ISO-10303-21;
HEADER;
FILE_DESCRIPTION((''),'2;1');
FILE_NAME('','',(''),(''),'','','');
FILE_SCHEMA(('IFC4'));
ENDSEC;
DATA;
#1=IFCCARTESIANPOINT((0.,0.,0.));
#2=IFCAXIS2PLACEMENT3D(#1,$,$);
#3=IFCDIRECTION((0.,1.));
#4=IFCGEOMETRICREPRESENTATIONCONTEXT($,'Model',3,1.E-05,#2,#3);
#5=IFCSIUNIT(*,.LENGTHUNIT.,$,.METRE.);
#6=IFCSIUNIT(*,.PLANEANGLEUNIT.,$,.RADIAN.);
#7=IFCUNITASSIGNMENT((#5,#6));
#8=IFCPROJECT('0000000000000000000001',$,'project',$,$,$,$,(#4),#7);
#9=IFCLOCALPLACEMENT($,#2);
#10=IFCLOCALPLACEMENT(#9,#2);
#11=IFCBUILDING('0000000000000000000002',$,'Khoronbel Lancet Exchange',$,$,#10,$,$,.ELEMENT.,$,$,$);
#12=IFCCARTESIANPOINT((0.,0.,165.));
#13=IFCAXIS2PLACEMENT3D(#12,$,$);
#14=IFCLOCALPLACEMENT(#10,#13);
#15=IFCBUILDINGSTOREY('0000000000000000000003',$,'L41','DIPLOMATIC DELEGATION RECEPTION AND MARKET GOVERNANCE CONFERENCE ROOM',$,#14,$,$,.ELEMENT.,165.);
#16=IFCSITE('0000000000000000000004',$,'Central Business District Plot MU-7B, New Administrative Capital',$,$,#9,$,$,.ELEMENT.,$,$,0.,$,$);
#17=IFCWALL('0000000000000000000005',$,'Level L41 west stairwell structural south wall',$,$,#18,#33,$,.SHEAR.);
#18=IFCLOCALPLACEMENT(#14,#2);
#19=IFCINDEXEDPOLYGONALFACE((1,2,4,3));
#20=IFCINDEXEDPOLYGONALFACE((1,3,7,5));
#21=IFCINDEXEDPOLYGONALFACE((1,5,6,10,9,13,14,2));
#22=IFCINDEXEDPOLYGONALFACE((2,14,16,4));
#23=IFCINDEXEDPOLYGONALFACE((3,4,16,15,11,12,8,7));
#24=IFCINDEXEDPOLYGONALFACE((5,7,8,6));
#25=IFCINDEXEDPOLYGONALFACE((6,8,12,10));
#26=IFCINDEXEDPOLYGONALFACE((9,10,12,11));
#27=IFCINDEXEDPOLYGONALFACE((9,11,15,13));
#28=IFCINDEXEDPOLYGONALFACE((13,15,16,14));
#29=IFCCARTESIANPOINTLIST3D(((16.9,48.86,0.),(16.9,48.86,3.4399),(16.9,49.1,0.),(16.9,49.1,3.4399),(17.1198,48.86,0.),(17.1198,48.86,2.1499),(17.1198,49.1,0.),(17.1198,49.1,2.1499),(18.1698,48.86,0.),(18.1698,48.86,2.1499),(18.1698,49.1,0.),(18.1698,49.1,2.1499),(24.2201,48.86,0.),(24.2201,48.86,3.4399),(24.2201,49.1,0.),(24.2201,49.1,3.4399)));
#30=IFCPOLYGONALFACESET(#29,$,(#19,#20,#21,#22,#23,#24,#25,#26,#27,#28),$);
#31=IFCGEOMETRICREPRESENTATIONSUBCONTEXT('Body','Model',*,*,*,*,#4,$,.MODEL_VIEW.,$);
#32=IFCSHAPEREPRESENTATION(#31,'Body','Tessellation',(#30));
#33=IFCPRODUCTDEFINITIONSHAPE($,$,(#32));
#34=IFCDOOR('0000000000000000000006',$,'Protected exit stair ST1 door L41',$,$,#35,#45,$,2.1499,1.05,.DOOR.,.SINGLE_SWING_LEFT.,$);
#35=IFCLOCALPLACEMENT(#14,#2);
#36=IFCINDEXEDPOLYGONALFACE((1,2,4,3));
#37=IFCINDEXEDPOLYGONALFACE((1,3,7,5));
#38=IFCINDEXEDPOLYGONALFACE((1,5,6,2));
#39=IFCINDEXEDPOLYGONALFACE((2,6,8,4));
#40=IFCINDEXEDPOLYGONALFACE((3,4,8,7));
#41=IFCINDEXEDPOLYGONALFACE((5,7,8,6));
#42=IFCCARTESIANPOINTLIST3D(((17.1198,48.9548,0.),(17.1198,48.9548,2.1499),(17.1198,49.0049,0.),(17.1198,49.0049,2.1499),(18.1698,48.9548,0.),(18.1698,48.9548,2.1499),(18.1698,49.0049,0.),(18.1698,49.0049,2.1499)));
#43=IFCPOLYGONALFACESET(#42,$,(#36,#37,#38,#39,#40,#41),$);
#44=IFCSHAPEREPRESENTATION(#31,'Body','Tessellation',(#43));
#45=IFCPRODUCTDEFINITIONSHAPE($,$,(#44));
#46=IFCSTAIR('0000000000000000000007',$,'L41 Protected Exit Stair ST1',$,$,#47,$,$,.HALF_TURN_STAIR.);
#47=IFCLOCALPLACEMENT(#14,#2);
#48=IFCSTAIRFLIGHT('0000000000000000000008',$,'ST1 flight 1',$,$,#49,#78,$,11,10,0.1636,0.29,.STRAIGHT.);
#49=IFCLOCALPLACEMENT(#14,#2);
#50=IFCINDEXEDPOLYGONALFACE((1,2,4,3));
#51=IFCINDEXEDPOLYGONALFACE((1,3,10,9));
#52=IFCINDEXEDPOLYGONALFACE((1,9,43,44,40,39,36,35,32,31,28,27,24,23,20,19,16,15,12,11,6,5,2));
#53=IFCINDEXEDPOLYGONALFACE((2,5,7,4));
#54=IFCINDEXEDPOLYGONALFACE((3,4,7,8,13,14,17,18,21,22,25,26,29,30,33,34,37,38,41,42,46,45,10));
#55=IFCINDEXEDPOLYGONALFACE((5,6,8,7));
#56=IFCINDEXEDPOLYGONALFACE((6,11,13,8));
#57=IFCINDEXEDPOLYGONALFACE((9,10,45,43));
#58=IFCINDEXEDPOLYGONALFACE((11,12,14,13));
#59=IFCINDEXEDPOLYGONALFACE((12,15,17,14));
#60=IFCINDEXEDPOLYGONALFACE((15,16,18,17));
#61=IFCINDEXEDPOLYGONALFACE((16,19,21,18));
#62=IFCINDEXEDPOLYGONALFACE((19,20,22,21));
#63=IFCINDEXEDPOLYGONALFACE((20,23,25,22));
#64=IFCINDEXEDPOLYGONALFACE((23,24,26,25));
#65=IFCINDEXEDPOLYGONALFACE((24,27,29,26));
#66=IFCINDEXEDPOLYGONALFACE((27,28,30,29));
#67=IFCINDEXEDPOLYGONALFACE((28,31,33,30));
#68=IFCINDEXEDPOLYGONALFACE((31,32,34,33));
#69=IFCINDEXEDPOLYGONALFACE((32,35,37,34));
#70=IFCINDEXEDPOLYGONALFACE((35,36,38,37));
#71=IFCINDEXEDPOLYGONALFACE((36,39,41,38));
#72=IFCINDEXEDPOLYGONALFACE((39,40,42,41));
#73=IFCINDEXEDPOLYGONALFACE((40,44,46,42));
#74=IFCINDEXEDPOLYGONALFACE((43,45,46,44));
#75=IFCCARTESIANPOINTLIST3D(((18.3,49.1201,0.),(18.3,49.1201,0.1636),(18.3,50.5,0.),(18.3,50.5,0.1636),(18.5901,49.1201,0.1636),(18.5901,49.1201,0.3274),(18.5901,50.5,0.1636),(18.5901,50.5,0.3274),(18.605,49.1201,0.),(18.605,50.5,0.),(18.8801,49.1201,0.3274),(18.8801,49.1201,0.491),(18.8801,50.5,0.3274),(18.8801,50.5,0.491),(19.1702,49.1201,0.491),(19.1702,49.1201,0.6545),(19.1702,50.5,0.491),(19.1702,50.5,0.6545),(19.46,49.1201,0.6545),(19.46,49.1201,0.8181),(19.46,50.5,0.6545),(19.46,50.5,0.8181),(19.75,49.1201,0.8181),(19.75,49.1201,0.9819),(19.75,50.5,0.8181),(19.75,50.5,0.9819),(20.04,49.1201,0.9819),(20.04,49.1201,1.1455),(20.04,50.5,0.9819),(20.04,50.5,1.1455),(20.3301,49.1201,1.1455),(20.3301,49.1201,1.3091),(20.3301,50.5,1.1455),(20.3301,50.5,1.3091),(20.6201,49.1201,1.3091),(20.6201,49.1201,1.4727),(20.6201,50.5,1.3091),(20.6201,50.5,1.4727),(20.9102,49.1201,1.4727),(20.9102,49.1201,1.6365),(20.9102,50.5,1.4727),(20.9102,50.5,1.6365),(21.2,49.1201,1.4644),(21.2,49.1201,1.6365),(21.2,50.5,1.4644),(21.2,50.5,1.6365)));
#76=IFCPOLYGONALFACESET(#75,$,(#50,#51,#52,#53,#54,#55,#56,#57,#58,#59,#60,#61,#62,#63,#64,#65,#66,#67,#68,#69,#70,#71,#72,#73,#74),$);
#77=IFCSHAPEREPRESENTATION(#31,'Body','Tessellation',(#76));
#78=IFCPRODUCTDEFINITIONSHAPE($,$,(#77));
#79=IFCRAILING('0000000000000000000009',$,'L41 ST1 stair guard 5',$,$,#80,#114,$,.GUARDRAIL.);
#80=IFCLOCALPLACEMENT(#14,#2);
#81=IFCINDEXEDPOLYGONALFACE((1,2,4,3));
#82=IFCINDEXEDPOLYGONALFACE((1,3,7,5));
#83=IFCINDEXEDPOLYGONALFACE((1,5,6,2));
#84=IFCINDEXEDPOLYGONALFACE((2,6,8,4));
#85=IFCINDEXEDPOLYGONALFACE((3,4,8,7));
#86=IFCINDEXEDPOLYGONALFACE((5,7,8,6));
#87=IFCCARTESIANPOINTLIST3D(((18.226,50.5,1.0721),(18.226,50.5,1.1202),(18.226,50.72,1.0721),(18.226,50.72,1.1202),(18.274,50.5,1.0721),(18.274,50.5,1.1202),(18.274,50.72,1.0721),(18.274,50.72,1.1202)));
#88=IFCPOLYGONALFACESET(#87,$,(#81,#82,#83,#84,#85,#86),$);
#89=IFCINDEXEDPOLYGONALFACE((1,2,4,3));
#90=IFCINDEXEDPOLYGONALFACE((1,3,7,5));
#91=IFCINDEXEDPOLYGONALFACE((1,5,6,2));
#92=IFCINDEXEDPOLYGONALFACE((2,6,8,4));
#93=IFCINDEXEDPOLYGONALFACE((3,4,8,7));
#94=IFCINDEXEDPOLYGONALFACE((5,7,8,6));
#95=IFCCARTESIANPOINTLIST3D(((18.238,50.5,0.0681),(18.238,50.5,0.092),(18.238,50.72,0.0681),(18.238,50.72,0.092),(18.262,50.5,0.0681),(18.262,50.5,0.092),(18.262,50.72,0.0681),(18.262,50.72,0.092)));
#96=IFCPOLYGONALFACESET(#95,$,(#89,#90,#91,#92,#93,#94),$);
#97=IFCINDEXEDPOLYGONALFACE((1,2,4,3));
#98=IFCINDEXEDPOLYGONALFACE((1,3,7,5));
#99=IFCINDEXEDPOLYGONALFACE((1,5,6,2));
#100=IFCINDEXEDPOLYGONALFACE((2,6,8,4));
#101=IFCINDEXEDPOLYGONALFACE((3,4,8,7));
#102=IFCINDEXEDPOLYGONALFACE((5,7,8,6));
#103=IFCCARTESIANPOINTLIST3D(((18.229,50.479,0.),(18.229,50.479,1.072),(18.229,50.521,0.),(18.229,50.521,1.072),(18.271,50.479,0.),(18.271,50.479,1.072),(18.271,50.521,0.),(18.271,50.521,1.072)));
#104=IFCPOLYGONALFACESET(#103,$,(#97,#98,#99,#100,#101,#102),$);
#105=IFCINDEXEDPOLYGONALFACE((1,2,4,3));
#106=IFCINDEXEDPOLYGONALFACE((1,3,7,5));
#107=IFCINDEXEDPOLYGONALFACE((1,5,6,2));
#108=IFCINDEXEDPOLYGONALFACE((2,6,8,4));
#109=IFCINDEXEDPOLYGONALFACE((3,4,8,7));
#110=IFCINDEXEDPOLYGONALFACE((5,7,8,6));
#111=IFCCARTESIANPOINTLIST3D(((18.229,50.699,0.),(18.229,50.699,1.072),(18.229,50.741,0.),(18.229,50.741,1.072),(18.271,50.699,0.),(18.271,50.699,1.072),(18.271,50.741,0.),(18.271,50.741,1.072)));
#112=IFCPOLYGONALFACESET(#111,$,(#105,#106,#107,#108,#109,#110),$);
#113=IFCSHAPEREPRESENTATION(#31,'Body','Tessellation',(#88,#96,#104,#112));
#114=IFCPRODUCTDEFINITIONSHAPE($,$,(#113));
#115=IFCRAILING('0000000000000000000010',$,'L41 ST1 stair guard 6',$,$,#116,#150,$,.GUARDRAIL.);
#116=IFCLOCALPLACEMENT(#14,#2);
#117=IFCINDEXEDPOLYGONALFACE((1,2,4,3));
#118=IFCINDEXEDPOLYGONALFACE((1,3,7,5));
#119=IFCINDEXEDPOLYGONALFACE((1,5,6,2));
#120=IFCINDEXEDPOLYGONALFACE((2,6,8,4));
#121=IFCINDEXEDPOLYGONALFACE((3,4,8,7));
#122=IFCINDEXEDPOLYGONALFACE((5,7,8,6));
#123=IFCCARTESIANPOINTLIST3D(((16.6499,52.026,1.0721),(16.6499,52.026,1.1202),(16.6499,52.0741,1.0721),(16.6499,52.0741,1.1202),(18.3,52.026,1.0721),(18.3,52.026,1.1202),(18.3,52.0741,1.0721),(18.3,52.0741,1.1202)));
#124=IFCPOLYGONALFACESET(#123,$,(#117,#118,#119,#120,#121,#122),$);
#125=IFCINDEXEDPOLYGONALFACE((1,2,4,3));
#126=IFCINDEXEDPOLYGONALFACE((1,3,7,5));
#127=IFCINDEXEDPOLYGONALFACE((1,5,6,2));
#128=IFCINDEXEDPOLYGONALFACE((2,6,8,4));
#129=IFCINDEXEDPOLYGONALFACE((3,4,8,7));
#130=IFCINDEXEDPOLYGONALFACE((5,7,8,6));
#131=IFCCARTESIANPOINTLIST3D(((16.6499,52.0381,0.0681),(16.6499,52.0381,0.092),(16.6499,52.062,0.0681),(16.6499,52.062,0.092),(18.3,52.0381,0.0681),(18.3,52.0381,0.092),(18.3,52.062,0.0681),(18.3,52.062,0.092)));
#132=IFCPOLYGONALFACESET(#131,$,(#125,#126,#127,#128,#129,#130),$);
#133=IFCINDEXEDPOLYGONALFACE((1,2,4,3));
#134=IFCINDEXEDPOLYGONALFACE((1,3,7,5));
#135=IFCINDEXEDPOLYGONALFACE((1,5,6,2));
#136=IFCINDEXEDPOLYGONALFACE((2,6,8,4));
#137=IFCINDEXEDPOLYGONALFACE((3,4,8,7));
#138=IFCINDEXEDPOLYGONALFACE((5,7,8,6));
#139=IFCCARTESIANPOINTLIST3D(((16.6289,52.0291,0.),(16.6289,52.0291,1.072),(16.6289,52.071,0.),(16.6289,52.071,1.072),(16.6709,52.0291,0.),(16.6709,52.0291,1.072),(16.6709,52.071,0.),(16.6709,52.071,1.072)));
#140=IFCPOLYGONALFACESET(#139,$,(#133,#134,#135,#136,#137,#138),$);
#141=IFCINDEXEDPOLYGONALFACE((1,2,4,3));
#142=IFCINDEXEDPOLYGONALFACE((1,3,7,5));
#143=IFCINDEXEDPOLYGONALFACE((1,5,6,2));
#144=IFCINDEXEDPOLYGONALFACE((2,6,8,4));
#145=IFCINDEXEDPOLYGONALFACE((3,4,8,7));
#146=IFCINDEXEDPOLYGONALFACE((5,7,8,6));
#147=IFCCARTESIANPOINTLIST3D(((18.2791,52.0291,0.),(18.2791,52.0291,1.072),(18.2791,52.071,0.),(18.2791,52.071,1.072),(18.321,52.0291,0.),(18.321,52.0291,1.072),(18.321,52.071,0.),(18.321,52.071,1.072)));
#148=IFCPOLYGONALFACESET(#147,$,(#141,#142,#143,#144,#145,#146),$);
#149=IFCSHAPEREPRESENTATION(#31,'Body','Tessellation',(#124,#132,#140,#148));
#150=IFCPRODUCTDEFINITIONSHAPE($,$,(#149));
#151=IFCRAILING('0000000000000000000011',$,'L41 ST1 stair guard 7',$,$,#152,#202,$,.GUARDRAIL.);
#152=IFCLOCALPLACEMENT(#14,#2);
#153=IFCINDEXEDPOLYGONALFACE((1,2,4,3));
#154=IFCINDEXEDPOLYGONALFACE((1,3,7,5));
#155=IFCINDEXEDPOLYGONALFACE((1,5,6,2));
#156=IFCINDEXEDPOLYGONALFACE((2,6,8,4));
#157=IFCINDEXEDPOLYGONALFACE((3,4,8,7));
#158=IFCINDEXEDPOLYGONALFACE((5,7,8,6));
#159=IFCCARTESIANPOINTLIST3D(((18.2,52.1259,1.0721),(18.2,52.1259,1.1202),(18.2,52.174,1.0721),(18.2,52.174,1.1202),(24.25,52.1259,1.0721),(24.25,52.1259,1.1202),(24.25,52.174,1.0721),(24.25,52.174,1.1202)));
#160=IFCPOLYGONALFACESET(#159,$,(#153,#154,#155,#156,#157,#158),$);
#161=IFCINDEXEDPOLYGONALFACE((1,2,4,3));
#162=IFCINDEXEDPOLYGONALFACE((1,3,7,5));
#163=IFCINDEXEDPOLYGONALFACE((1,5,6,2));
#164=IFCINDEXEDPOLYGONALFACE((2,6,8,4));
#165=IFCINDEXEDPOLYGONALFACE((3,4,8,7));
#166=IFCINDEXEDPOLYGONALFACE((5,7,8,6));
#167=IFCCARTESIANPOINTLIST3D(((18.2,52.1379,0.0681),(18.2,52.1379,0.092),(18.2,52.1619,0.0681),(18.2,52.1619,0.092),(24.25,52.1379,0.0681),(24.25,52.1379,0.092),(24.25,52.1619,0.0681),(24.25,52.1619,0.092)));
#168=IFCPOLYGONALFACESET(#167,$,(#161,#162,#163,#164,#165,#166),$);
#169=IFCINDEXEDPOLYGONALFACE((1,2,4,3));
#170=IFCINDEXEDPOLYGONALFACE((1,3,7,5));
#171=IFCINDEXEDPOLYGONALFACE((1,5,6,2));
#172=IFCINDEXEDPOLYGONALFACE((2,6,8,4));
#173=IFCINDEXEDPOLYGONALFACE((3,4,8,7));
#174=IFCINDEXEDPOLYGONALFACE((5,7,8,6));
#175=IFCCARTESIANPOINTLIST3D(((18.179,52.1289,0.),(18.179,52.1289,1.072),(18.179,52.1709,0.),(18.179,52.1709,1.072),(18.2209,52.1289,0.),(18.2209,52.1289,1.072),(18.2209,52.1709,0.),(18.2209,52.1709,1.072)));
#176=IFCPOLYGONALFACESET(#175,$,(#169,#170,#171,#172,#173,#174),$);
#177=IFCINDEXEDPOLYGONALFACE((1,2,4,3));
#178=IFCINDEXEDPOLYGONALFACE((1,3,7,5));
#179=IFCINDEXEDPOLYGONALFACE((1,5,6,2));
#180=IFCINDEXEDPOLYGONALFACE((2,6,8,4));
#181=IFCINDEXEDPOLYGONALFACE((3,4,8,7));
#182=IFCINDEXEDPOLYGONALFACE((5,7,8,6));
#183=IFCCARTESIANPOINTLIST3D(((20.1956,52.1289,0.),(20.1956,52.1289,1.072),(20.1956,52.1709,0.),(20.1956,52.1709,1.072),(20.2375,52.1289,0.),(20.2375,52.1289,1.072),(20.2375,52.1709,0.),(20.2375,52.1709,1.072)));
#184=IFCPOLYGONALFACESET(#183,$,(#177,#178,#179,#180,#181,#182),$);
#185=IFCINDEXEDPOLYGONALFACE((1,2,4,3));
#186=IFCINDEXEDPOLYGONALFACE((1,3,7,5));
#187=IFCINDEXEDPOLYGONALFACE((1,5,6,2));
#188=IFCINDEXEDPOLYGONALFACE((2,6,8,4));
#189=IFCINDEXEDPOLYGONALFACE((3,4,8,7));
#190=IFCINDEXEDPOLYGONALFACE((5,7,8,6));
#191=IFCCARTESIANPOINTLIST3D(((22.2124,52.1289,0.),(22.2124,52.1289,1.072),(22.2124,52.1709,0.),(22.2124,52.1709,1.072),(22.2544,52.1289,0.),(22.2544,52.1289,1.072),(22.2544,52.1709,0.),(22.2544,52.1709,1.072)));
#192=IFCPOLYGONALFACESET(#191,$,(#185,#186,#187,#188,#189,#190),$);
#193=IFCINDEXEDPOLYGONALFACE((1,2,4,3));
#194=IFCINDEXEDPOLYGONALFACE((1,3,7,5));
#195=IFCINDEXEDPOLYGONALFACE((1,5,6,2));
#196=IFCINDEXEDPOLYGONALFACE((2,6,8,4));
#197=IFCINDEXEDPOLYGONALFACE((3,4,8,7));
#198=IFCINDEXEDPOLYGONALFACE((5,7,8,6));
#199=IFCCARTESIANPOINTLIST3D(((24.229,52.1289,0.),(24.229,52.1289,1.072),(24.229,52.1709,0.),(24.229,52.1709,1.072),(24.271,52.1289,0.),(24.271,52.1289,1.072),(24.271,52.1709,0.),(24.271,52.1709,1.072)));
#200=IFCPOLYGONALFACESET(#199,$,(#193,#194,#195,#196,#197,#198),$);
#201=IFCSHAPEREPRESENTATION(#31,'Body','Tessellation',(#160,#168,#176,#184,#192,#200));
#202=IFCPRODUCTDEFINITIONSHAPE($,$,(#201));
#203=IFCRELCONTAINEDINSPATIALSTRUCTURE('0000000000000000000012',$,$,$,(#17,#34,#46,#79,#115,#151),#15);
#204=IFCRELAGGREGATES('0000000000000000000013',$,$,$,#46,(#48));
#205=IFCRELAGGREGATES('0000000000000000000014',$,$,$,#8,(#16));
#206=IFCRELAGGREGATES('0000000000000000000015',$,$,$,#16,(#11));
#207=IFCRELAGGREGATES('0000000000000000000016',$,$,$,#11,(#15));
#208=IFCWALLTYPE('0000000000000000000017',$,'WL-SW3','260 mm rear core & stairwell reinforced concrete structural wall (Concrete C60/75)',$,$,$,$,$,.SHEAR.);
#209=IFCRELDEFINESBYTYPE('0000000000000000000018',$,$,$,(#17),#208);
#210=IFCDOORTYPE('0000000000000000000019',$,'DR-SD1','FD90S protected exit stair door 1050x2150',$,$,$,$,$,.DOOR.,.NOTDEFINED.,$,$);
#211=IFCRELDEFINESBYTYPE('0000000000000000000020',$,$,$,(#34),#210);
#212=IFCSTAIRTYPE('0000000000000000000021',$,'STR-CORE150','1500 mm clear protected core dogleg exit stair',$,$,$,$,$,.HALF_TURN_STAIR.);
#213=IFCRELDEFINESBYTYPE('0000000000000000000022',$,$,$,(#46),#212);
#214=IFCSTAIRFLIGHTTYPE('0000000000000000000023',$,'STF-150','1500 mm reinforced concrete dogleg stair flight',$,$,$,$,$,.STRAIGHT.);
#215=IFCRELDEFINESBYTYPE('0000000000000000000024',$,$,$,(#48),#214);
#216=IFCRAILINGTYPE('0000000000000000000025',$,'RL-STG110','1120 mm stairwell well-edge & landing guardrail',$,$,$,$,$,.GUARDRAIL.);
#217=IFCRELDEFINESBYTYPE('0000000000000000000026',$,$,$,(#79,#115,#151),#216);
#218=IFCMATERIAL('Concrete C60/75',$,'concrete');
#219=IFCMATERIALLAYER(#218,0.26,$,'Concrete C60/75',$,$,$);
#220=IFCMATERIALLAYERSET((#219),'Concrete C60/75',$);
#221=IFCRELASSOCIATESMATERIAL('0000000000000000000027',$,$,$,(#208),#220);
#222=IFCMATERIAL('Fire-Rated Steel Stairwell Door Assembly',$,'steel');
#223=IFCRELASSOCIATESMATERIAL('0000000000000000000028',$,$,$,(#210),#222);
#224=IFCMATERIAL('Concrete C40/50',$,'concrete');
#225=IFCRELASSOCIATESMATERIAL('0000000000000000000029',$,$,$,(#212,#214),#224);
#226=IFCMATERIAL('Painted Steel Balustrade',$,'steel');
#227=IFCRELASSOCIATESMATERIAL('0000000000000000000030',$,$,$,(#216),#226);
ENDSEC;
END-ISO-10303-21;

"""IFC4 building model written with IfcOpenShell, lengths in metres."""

from ifc_helpers import new_model, si_unit, direction, frame, frame_2d, origin, origin_2d, place, context, subcontext, project, spatial, polyline, rectangle, outline, extrude, material, layer, layer_set, type_object, element, fill, aggregate, save


model = new_model("IFC4")

# Units and contexts
model_context = context("Model", 3, precision=1e-05, world=origin(), true_north=direction((0.0, 1.0)))
body_context = subcontext(model_context, "Body", "Model", "MODEL_VIEW")
ifc_project = project(units=[si_unit("LENGTHUNIT", "METRE"), si_unit("PLANEANGLEUNIT", "RADIAN")], contexts=[model_context])

# Site, building, storey
site_placement = place(None, origin())
site = spatial("IfcSite", under=ifc_project, at=site_placement, Name="Central Business District Plot MU-7B, New Administrative Capital", CompositionType="ELEMENT", RefElevation=0.0)
building_placement = place(site_placement, origin())
building = spatial("IfcBuilding", under=site, at=building_placement, Name="Khoronbel Lancet Exchange", CompositionType="ELEMENT")
storey_placement = place(building_placement, frame((0.0, 0.0, 165.0)))
storey = spatial("IfcBuildingStorey", under=building, at=storey_placement, Name="L41", Description="DIPLOMATIC DELEGATION RECEPTION AND MARKET GOVERNANCE CONFERENCE ROOM", CompositionType="ELEMENT", Elevation=165.0)

# Wall, opening, door
ifc_material_1 = material(Name="Concrete C60/75", Category="concrete")
ifc_layer_1 = layer(ifc_material_1, 0.26, Name="Concrete C60/75")
ifc_layer_set_1 = layer_set([ifc_layer_1], Name="Concrete C60/75")
wall_type_1 = type_object("IfcWallType", Name="WL-SW3", Description="260 mm rear core & stairwell reinforced concrete structural wall (Concrete C60/75)", PredefinedType="SHEAR", material=ifc_layer_set_1)
wall_1_placement = place(storey_placement, frame((16.8999, 48.98, 0.0), z_axis=(0.0, 0.0, 1.0), x_axis=(1.0, 0.0, 0.0)))
wall_1 = element("IfcWall", 1, at=wall_1_placement, inside=storey, type_object=wall_type_1, Name="Level L41 west stairwell structural south wall", PredefinedType="SHEAR", context=body_context, shape_type="SweptSolid", body=[
    extrude(rectangle(XDim=7.3201, YDim=0.24, at=frame_2d((3.6602, 0.0))), origin(), (0.0, 0.0, 1.0), 3.4399),
])
opening_1_placement = place(wall_1_placement, frame((0.22, 0.0, 0.0)))
opening_1 = element("IfcOpeningElement", 2, at=opening_1_placement, cuts=wall_1, PredefinedType="OPENING", context=body_context, shape_type="SweptSolid", body=[
    extrude(rectangle(XDim=1.05, YDim=2.1499, at=frame_2d((0.5249, 1.075))), frame((0.0, 0.1299, 0.0), z_axis=(0.0, -1.0, 0.0), x_axis=(1.0, 0.0, 0.0)), (0.0, 0.0, 1.0), 0.26),
])
ifc_material_2 = material(Name="Fire-Rated Steel Stairwell Door Assembly", Category="steel")
door_type_1 = type_object("IfcDoorType", Name="DR-SD1", Description="FD90S protected exit stair door 1050x2150", OperationType="NOTDEFINED", PredefinedType="DOOR", material=ifc_material_2)
door_1_placement = place(opening_1_placement, origin())
door_1 = element("IfcDoor", 3, at=door_1_placement, inside=storey, type_object=door_type_1, Name="Protected exit stair ST1 door L41", OperationType="SINGLE_SWING_LEFT", OverallHeight=2.1499, OverallWidth=1.05, PredefinedType="DOOR", context=body_context, shape_type="SweptSolid", body=[
    extrude(rectangle(XDim=1.05, YDim=2.1499, at=frame_2d((0.5249, 1.075))), frame((0.0, 0.0249, 0.0), z_axis=(0.0, -1.0, 0.0), x_axis=(1.0, 0.0, 0.0)), (0.0, 0.0, 1.0), 0.05),
])
fill(opening_1, door_1)

# Stair, stair flight
ifc_material_3 = material(Name="Concrete C40/50", Category="concrete")
stair_type = type_object("IfcStairType", Name="STR-CORE150", Description="1500 mm clear protected core dogleg exit stair", PredefinedType="HALF_TURN_STAIR", material=ifc_material_3)
stair_placement = place(storey_placement, origin())
stair = element("IfcStair", 4, at=stair_placement, inside=storey, type_object=stair_type, Name="L41 Protected Exit Stair ST1", PredefinedType="HALF_TURN_STAIR")
stair_flight_type = type_object("IfcStairFlightType", Name="STF-150", Description="1500 mm reinforced concrete dogleg stair flight", PredefinedType="STRAIGHT", material=ifc_material_3)
stair_flight_placement = place(storey_placement, frame((18.3, 49.8101, 0.0), z_axis=(0.0, 0.0, 1.0), x_axis=(1.0, 0.0, 0.0)))
stair_flight = element("IfcStairFlight", 5, at=stair_flight_placement, type_object=stair_flight_type, Name="ST1 flight 1", NumberOfRisers=11, NumberOfTreads=10, PredefinedType="STRAIGHT", RiserHeight=0.1636, TreadLength=0.29, context=body_context, shape_type="SweptSolid", body=[
    extrude(outline(polyline([(0.0, 0.0), (0.0, 0.1636), (0.29, 0.1636), (0.29, 0.3274), (0.5801, 0.3274), (0.5801, 0.491), (0.8701, 0.491), (0.8701, 0.6545), (1.1599, 0.6545), (1.1599, 0.8181), (1.45, 0.8181), (1.45, 0.9819), (1.74, 0.9819), (1.74, 1.1455), (2.03, 1.1455), (2.03, 1.3091), (2.3201, 1.3091), (2.3201, 1.4727), (2.6101, 1.4727), (2.6101, 1.6365), (2.8999, 1.6365), (2.8999, 1.8), (2.8999, 1.4644), (0.3049, 0.0), (0.0, 0.0)])), frame((0.0, 0.6899, 0.0), z_axis=(0.0, -1.0, 0.0), x_axis=(1.0, 0.0, 0.0)), (0.0, 0.0, 1.0), 1.3799),
])
aggregate(stair, [stair_flight])

# Railings
ifc_material_4 = material(Name="Painted Steel Balustrade", Category="steel")
railing_type_1 = type_object("IfcRailingType", Name="RL-STG110", Description="1120 mm stairwell well-edge & landing guardrail", PredefinedType="GUARDRAIL", material=ifc_material_4)
railing_1_placement = place(storey_placement, frame((18.25, 50.5, 0.0)))
element("IfcRailing", 6, at=railing_1_placement, inside=storey, type_object=railing_type_1, Name="L41 ST1 stair guard 5", PredefinedType="GUARDRAIL", context=body_context, shape_type="SweptSolid", body=[
    extrude(rectangle(XDim=0.0481, YDim=0.0481, at=origin_2d()), frame((0.0, 0.0, 1.0962), z_axis=(0.0, 1.0, 0.0), x_axis=(-1.0, 0.0, 0.0)), (0.0, 0.0, 1.0), 0.22),
    extrude(rectangle(XDim=0.0239, YDim=0.0239, at=origin_2d()), frame((0.0, 0.0, 0.0801), z_axis=(0.0, 1.0, 0.0), x_axis=(-1.0, 0.0, 0.0)), (0.0, 0.0, 1.0), 0.22),
    extrude(rectangle(XDim=0.042, YDim=0.042, at=origin_2d()), origin(), (0.0, 0.0, 1.0), 1.072),
    extrude(rectangle(XDim=0.042, YDim=0.042, at=origin_2d()), frame((0.0, 0.22, 0.0)), (0.0, 0.0, 1.0), 1.072),
])
railing_2_placement = place(storey_placement, frame((16.6499, 52.05, 0.0)))
element("IfcRailing", 7, at=railing_2_placement, inside=storey, type_object=railing_type_1, Name="L41 ST1 stair guard 6", PredefinedType="GUARDRAIL", context=body_context, shape_type="SweptSolid", body=[
    extrude(rectangle(XDim=0.0481, YDim=0.0481, at=origin_2d()), frame((0.0, 0.0, 1.0962), z_axis=(1.0, 0.0, 0.0), x_axis=(0.0, 1.0, 0.0)), (0.0, 0.0, 1.0), 1.6501),
    extrude(rectangle(XDim=0.0239, YDim=0.0239, at=origin_2d()), frame((0.0, 0.0, 0.0801), z_axis=(1.0, 0.0, 0.0), x_axis=(0.0, 1.0, 0.0)), (0.0, 0.0, 1.0), 1.6501),
    extrude(rectangle(XDim=0.042, YDim=0.042, at=origin_2d()), origin(), (0.0, 0.0, 1.0), 1.072),
    extrude(rectangle(XDim=0.042, YDim=0.042, at=origin_2d()), frame((1.6501, 0.0, 0.0)), (0.0, 0.0, 1.0), 1.072),
])
railing_3_placement = place(storey_placement, frame((18.2, 52.1499, 0.0)))
element("IfcRailing", 8, at=railing_3_placement, inside=storey, type_object=railing_type_1, Name="L41 ST1 stair guard 7", PredefinedType="GUARDRAIL", context=body_context, shape_type="SweptSolid", body=[
    extrude(rectangle(XDim=0.0481, YDim=0.0481, at=origin_2d()), frame((0.0, 0.0, 1.0962), z_axis=(1.0, 0.0, 0.0), x_axis=(0.0, 1.0, 0.0)), (0.0, 0.0, 1.0), 6.05),
    extrude(rectangle(XDim=0.0239, YDim=0.0239, at=origin_2d()), frame((0.0, 0.0, 0.0801), z_axis=(1.0, 0.0, 0.0), x_axis=(0.0, 1.0, 0.0)), (0.0, 0.0, 1.0), 6.05),
    extrude(rectangle(XDim=0.042, YDim=0.042, at=origin_2d()), origin(), (0.0, 0.0, 1.0), 1.072),
    extrude(rectangle(XDim=0.042, YDim=0.042, at=origin_2d()), frame((2.0166, 0.0, 0.0)), (0.0, 0.0, 1.0), 1.072),
    extrude(rectangle(XDim=0.042, YDim=0.042, at=origin_2d()), frame((4.0334, 0.0, 0.0)), (0.0, 0.0, 1.0), 1.072),
    extrude(rectangle(XDim=0.042, YDim=0.042, at=origin_2d()), frame((6.05, 0.0, 0.0)), (0.0, 0.0, 1.0), 1.072),
])

save(model, "model.ifc")
